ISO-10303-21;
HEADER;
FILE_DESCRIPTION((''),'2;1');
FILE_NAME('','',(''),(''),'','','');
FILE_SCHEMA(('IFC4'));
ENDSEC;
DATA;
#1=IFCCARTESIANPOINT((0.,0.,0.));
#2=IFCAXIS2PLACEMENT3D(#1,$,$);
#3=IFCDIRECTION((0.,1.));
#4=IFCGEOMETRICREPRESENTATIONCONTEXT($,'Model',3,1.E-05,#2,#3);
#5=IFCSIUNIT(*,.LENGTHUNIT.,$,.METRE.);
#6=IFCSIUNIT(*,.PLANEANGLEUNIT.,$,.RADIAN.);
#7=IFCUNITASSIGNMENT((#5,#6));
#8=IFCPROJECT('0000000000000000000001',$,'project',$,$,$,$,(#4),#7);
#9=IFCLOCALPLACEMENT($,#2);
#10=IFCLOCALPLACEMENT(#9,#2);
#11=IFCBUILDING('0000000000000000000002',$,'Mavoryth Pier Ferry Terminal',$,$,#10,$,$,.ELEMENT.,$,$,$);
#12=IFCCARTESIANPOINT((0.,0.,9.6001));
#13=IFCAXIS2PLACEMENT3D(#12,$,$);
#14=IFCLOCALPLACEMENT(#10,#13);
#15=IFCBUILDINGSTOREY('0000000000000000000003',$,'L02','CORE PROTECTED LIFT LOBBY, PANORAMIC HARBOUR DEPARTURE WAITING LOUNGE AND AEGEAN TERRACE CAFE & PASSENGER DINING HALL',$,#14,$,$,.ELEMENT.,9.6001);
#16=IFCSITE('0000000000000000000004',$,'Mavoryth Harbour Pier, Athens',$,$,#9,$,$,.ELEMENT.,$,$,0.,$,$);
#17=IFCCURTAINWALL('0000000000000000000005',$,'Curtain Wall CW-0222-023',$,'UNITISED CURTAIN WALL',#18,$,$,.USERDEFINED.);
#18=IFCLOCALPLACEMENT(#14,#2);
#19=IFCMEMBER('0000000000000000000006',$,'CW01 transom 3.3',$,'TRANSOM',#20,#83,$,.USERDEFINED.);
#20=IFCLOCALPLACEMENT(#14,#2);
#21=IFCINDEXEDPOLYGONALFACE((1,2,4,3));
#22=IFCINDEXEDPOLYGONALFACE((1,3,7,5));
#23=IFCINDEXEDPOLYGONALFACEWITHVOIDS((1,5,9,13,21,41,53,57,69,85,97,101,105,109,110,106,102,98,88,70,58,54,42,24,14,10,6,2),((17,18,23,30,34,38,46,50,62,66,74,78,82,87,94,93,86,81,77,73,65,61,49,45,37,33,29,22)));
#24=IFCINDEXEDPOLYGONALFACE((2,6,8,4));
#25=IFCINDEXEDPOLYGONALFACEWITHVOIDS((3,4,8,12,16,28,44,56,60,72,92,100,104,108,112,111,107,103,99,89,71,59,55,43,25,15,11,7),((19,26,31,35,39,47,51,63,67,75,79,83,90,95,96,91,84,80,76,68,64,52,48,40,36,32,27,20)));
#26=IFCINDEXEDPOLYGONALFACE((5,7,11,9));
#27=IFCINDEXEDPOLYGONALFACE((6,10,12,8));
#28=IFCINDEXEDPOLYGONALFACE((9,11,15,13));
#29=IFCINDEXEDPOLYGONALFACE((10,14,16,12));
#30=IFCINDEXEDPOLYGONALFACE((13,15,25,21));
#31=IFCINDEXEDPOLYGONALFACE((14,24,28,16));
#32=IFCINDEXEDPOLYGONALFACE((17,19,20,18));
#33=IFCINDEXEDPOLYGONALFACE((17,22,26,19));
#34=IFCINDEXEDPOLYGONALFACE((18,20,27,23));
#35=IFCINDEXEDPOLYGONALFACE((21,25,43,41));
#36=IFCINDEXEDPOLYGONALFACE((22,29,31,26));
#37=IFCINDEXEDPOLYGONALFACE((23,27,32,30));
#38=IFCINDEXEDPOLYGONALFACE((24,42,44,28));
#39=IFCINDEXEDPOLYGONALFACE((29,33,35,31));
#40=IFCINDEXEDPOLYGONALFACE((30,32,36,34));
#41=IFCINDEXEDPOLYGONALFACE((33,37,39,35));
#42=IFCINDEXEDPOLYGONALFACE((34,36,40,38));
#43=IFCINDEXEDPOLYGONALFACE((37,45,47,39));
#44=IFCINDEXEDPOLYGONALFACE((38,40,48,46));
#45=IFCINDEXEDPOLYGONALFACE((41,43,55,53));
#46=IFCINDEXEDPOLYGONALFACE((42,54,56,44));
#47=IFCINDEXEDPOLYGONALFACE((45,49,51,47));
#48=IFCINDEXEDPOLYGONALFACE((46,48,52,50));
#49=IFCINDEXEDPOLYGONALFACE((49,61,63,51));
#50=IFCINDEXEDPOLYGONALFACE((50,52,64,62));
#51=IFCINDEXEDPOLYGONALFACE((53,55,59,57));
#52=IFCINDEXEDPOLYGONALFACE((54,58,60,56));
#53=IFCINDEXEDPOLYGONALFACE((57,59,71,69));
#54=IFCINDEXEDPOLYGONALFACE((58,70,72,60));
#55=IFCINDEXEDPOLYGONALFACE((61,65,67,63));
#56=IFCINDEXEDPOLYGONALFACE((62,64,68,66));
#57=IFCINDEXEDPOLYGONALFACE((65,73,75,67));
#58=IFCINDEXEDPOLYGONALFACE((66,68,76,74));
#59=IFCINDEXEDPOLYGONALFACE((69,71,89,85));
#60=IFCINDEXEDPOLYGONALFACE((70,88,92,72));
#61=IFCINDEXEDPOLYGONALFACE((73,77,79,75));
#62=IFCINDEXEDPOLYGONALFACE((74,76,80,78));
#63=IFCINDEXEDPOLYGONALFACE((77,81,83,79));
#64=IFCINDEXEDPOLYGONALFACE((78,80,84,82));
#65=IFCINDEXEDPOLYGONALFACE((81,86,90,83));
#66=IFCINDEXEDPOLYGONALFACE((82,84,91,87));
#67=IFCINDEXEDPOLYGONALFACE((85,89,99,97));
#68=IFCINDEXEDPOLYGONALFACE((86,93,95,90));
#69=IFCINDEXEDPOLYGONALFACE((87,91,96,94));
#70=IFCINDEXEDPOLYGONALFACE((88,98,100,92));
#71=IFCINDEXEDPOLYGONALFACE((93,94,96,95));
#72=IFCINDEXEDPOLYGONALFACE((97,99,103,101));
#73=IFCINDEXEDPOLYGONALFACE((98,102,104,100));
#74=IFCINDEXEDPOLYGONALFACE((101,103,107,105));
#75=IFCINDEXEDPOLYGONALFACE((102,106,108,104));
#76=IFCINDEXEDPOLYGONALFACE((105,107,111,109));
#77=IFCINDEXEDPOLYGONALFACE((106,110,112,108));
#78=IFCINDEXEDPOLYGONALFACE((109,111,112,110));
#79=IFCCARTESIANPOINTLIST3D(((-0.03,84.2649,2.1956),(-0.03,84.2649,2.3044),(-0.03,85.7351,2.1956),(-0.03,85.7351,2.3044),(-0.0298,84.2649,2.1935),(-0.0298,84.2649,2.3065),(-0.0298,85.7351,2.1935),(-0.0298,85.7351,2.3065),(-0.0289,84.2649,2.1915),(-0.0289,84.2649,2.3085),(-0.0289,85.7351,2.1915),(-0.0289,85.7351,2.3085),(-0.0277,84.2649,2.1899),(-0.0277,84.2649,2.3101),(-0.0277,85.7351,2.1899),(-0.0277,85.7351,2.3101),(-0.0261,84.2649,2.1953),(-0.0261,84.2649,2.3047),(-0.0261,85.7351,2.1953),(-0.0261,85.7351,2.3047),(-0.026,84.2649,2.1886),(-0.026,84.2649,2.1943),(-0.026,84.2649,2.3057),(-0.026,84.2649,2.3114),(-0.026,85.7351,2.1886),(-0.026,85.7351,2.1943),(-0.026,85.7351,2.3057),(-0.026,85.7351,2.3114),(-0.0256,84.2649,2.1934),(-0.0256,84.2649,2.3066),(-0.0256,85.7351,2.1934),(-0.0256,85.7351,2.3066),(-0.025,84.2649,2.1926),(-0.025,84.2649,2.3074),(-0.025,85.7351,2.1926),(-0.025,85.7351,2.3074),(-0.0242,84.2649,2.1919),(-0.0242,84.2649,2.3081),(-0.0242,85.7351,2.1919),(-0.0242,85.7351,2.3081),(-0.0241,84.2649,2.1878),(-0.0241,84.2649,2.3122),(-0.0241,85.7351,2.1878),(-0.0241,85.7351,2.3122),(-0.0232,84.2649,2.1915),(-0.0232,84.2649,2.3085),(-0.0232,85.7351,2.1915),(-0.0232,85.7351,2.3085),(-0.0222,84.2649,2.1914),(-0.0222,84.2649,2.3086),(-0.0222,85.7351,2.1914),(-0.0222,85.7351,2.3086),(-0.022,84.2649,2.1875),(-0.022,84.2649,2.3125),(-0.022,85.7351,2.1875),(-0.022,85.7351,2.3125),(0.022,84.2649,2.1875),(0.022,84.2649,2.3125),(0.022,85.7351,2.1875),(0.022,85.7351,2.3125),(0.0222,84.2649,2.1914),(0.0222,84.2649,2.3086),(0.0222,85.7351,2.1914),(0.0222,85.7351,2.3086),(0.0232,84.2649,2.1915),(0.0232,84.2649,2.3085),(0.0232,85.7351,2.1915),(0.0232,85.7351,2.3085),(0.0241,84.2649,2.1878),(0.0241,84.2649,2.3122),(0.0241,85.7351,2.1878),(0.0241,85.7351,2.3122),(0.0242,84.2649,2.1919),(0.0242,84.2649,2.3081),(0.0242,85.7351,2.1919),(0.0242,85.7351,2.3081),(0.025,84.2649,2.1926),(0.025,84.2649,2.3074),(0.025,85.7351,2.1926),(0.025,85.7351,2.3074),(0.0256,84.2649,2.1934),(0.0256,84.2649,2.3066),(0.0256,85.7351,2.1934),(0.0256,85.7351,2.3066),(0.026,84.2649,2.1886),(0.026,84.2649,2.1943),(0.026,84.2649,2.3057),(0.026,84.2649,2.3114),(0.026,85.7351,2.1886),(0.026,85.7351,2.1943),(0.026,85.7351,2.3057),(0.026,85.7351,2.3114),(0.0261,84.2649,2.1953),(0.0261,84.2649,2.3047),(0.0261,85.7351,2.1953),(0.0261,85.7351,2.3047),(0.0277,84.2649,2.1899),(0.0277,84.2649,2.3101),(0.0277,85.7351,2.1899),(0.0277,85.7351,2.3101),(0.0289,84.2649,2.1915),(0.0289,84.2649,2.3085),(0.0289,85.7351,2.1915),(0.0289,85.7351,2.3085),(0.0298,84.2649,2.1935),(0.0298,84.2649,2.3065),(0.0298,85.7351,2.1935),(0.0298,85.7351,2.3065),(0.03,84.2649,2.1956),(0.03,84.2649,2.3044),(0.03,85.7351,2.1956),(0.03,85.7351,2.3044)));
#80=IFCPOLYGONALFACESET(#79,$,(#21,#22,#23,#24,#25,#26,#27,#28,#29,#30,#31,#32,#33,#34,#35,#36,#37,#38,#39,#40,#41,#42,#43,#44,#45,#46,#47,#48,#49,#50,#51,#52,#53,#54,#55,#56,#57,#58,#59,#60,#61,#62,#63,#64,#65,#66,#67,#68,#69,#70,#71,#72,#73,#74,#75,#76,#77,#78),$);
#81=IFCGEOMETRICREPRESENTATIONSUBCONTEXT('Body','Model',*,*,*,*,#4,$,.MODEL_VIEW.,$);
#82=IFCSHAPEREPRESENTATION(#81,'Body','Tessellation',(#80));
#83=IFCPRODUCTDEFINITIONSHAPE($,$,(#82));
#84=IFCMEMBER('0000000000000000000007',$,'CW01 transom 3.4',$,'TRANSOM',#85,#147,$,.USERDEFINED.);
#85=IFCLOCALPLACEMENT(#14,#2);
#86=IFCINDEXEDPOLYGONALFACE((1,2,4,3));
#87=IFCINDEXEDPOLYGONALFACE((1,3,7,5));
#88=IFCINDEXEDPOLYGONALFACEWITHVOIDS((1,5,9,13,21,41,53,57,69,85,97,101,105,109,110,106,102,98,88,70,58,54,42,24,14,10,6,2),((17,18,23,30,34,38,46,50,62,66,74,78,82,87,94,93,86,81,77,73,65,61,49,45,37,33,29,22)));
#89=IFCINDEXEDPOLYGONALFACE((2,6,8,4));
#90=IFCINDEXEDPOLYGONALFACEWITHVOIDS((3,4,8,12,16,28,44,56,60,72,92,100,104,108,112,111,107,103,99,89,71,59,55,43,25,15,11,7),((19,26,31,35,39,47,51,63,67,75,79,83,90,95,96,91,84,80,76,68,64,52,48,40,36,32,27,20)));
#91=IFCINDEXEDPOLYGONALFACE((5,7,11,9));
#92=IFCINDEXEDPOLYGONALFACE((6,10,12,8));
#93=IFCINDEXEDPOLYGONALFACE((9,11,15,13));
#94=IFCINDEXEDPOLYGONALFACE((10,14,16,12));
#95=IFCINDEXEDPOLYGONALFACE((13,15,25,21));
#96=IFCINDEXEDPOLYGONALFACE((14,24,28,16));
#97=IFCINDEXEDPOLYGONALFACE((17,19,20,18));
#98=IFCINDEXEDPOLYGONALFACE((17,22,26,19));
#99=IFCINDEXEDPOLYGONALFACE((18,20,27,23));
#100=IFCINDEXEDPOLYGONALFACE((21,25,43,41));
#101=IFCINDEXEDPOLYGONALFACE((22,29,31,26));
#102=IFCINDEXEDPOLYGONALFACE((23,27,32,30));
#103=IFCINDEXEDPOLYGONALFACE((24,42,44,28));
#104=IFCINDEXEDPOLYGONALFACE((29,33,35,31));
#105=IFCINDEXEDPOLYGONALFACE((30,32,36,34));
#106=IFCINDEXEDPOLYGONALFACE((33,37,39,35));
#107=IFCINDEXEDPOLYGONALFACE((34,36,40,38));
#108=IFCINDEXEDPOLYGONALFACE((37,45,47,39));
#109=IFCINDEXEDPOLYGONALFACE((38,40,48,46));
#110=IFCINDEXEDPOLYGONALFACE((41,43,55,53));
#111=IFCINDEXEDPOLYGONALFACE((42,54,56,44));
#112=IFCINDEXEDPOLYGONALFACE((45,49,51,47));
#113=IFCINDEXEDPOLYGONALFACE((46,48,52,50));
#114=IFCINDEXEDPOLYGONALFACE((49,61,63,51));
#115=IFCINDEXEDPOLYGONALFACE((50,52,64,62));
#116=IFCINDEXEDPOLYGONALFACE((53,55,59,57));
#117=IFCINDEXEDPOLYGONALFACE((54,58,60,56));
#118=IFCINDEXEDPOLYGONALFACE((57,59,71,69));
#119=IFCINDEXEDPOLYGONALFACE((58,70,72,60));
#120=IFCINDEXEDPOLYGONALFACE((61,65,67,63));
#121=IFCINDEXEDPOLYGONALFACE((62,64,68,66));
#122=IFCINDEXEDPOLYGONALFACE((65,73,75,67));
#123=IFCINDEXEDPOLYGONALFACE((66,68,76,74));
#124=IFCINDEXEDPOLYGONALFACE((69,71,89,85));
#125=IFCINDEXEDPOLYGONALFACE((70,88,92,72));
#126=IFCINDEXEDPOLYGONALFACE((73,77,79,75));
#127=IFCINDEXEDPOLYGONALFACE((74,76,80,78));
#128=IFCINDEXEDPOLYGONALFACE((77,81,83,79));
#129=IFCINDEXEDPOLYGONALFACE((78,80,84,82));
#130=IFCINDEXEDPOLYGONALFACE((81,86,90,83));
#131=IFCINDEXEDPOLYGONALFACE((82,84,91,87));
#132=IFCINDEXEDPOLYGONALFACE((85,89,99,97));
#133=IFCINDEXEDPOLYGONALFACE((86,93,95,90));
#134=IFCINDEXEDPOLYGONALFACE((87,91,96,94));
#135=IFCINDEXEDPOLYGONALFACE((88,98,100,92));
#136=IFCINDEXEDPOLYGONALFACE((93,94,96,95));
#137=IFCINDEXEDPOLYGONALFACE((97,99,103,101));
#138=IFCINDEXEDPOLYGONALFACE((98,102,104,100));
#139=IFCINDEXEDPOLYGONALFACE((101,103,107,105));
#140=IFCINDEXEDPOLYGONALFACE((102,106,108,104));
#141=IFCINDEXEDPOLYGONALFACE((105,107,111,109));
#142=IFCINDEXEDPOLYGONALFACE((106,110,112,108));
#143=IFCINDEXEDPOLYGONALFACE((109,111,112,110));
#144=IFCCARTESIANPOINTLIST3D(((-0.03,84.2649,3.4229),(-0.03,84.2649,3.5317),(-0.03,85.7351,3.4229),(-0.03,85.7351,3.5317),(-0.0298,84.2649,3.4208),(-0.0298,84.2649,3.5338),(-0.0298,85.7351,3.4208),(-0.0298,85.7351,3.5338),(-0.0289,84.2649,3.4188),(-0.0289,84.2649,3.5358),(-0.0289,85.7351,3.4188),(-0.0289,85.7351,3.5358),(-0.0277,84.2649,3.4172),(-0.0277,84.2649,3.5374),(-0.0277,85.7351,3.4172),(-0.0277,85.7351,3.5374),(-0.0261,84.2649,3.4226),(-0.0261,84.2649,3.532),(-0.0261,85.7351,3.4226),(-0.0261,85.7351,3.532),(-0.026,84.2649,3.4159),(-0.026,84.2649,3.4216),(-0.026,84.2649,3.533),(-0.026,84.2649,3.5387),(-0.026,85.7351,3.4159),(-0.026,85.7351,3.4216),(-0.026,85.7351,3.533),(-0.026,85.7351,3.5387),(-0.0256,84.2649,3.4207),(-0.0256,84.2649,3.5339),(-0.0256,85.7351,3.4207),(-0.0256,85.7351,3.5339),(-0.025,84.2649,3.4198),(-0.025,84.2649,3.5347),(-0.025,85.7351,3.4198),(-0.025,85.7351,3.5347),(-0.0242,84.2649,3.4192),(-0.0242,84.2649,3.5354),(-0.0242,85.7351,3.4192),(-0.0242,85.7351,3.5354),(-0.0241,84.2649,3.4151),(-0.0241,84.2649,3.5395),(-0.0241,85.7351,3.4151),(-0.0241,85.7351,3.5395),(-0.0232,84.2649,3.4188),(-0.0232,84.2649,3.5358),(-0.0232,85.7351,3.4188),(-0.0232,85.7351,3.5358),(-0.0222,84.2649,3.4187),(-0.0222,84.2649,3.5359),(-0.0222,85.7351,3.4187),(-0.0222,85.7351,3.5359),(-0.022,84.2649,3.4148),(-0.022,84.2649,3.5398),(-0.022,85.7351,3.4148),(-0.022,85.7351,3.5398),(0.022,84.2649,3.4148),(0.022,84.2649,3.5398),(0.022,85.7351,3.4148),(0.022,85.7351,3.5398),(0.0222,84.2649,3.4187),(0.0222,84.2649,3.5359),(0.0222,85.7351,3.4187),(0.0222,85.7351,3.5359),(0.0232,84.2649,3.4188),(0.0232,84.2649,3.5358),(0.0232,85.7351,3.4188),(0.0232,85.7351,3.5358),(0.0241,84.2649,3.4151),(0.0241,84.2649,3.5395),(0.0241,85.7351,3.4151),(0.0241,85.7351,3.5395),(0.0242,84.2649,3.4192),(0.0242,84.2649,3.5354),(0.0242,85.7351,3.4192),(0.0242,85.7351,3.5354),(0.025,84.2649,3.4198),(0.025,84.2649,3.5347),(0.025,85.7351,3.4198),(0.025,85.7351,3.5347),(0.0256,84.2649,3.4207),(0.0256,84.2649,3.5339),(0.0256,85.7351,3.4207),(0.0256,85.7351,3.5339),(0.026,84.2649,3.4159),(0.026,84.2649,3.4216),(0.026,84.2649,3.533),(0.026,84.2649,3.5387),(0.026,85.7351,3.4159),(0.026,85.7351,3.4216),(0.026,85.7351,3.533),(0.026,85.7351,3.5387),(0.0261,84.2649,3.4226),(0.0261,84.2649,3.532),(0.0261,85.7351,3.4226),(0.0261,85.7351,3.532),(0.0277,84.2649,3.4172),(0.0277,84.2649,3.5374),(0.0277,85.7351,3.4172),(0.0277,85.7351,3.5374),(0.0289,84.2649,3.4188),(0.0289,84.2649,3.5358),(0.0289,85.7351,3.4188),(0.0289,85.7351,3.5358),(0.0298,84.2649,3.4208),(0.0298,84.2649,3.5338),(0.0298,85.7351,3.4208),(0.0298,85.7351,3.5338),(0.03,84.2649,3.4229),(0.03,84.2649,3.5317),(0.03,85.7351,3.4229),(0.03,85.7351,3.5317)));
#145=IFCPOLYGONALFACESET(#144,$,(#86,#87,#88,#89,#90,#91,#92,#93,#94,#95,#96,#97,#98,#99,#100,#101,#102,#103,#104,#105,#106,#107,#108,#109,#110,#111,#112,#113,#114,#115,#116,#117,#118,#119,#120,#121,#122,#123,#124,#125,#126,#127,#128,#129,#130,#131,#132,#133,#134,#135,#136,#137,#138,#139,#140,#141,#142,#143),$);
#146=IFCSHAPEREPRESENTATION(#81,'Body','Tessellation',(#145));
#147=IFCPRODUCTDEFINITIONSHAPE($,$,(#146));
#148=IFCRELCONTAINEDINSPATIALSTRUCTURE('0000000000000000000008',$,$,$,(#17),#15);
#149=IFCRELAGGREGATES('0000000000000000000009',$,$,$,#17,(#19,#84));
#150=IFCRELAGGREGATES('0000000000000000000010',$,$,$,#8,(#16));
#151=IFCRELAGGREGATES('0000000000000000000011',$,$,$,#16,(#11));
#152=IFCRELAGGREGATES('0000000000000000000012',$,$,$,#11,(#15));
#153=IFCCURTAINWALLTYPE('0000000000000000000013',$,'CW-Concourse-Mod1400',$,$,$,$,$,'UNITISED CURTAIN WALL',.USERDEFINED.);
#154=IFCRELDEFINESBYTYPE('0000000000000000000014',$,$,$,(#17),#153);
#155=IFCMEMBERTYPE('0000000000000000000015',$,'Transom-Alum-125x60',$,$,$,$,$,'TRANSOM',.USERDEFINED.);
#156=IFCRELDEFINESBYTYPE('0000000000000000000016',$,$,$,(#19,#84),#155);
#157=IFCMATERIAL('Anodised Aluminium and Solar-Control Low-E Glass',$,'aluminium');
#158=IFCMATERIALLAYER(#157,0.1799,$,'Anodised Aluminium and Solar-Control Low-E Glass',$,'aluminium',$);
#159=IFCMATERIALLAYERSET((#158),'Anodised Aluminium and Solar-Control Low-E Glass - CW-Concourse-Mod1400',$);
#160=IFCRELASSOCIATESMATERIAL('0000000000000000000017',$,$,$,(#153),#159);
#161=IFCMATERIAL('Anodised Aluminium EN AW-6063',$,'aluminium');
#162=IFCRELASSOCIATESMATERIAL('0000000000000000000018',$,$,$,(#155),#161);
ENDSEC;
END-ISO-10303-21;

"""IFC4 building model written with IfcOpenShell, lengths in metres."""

from ifc_helpers import new_model, si_unit, direction, frame, origin, origin_2d, place, context, subcontext, project, spatial, hollow_rectangle, extrude, material, layer, layer_set, material_profile, profile_set, type_object, element, aggregate, save


model = new_model("IFC4")

# Units and contexts
model_context = context("Model", 3, precision=1e-05, world=origin(), true_north=direction((0.0, 1.0)))
body_context = subcontext(model_context, "Body", "Model", "MODEL_VIEW")
ifc_project = project(units=[si_unit("LENGTHUNIT", "METRE"), si_unit("PLANEANGLEUNIT", "RADIAN")], contexts=[model_context])

# Site, building, storey
site_placement = place(None, origin())
site = spatial("IfcSite", under=ifc_project, at=site_placement, Name="Mavoryth Harbour Pier, Athens", CompositionType="ELEMENT", RefElevation=0.0)
building_placement = place(site_placement, origin())
building = spatial("IfcBuilding", under=site, at=building_placement, Name="Mavoryth Pier Ferry Terminal", CompositionType="ELEMENT")
storey_placement = place(building_placement, frame((0.0, 0.0, 9.6001)))
storey = spatial("IfcBuildingStorey", under=building, at=storey_placement, Name="L02", Description="CORE PROTECTED LIFT LOBBY, PANORAMIC HARBOUR DEPARTURE WAITING LOUNGE AND AEGEAN TERRACE CAFE & PASSENGER DINING HALL", CompositionType="ELEMENT", Elevation=9.6001)

# Curtain wall
ifc_material_1 = material(Name="Anodised Aluminium and Solar-Control Low-E Glass", Category="aluminium")
ifc_layer_1 = layer(ifc_material_1, 0.1799, Name="Anodised Aluminium and Solar-Control Low-E Glass", Category="aluminium")
ifc_layer_set_1 = layer_set([ifc_layer_1], Name="Anodised Aluminium and Solar-Control Low-E Glass - CW-Concourse-Mod1400")
curtain_wall_type = type_object("IfcCurtainWallType", Name="CW-Concourse-Mod1400", ElementType="UNITISED CURTAIN WALL", PredefinedType="USERDEFINED", material=ifc_layer_set_1)
curtain_wall_placement = place(storey_placement, origin())
curtain_wall = element("IfcCurtainWall", 1, at=curtain_wall_placement, inside=storey, type_object=curtain_wall_type, Name="Curtain Wall CW-0222-023", ObjectType="UNITISED CURTAIN WALL", PredefinedType="USERDEFINED")
ifc_material_2 = material(Name="Anodised Aluminium EN AW-6063", Category="aluminium")

# Members
ifc_material_profile_1 = material_profile(ifc_material_2, hollow_rectangle(XDim=0.0601, YDim=0.125, WallThickness=0.0039, InnerFilletRadius=0.0039, OuterFilletRadius=0.0081, at=origin_2d()), Name="AL-TRAN 125x60x4", Category="aluminium")
ifc_profile_set_1 = profile_set([ifc_material_profile_1], Name="Anodised Aluminium EN AW-6063 - AL-TRAN 125x60x4")
member_type_1 = type_object("IfcMemberType", Name="Transom-Alum-125x60", ElementType="TRANSOM", PredefinedType="USERDEFINED", material=ifc_profile_set_1)
member_1_placement = place(storey_placement, frame((0.0, 85.7351, 2.25), z_axis=(0.0, -1.0, 0.0), x_axis=(1.0, 0.0, 0.0)))
member_1 = element("IfcMember", 2, at=member_1_placement, type_object=member_type_1, Name="CW01 transom 3.3", ObjectType="TRANSOM", PredefinedType="USERDEFINED", context=body_context, shape_type="SweptSolid", body=[
    extrude(hollow_rectangle(XDim=0.0601, YDim=0.125, WallThickness=0.0039, InnerFilletRadius=0.0039, OuterFilletRadius=0.0081, at=origin_2d()), origin(), (0.0, 0.0, 1.0), 1.4702),
])
member_2_placement = place(storey_placement, frame((0.0, 85.7351, 3.4773), z_axis=(0.0, -1.0, 0.0), x_axis=(1.0, 0.0, 0.0)))
member_2 = element("IfcMember", 3, at=member_2_placement, type_object=member_type_1, Name="CW01 transom 3.4", ObjectType="TRANSOM", PredefinedType="USERDEFINED", context=body_context, shape_type="SweptSolid", body=[
    extrude(hollow_rectangle(XDim=0.0601, YDim=0.125, WallThickness=0.0039, InnerFilletRadius=0.0039, OuterFilletRadius=0.0081, at=origin_2d()), origin(), (0.0, 0.0, 1.0), 1.4702),
])

aggregate(curtain_wall, [member_1, member_2])

save(model, "model.ifc")
